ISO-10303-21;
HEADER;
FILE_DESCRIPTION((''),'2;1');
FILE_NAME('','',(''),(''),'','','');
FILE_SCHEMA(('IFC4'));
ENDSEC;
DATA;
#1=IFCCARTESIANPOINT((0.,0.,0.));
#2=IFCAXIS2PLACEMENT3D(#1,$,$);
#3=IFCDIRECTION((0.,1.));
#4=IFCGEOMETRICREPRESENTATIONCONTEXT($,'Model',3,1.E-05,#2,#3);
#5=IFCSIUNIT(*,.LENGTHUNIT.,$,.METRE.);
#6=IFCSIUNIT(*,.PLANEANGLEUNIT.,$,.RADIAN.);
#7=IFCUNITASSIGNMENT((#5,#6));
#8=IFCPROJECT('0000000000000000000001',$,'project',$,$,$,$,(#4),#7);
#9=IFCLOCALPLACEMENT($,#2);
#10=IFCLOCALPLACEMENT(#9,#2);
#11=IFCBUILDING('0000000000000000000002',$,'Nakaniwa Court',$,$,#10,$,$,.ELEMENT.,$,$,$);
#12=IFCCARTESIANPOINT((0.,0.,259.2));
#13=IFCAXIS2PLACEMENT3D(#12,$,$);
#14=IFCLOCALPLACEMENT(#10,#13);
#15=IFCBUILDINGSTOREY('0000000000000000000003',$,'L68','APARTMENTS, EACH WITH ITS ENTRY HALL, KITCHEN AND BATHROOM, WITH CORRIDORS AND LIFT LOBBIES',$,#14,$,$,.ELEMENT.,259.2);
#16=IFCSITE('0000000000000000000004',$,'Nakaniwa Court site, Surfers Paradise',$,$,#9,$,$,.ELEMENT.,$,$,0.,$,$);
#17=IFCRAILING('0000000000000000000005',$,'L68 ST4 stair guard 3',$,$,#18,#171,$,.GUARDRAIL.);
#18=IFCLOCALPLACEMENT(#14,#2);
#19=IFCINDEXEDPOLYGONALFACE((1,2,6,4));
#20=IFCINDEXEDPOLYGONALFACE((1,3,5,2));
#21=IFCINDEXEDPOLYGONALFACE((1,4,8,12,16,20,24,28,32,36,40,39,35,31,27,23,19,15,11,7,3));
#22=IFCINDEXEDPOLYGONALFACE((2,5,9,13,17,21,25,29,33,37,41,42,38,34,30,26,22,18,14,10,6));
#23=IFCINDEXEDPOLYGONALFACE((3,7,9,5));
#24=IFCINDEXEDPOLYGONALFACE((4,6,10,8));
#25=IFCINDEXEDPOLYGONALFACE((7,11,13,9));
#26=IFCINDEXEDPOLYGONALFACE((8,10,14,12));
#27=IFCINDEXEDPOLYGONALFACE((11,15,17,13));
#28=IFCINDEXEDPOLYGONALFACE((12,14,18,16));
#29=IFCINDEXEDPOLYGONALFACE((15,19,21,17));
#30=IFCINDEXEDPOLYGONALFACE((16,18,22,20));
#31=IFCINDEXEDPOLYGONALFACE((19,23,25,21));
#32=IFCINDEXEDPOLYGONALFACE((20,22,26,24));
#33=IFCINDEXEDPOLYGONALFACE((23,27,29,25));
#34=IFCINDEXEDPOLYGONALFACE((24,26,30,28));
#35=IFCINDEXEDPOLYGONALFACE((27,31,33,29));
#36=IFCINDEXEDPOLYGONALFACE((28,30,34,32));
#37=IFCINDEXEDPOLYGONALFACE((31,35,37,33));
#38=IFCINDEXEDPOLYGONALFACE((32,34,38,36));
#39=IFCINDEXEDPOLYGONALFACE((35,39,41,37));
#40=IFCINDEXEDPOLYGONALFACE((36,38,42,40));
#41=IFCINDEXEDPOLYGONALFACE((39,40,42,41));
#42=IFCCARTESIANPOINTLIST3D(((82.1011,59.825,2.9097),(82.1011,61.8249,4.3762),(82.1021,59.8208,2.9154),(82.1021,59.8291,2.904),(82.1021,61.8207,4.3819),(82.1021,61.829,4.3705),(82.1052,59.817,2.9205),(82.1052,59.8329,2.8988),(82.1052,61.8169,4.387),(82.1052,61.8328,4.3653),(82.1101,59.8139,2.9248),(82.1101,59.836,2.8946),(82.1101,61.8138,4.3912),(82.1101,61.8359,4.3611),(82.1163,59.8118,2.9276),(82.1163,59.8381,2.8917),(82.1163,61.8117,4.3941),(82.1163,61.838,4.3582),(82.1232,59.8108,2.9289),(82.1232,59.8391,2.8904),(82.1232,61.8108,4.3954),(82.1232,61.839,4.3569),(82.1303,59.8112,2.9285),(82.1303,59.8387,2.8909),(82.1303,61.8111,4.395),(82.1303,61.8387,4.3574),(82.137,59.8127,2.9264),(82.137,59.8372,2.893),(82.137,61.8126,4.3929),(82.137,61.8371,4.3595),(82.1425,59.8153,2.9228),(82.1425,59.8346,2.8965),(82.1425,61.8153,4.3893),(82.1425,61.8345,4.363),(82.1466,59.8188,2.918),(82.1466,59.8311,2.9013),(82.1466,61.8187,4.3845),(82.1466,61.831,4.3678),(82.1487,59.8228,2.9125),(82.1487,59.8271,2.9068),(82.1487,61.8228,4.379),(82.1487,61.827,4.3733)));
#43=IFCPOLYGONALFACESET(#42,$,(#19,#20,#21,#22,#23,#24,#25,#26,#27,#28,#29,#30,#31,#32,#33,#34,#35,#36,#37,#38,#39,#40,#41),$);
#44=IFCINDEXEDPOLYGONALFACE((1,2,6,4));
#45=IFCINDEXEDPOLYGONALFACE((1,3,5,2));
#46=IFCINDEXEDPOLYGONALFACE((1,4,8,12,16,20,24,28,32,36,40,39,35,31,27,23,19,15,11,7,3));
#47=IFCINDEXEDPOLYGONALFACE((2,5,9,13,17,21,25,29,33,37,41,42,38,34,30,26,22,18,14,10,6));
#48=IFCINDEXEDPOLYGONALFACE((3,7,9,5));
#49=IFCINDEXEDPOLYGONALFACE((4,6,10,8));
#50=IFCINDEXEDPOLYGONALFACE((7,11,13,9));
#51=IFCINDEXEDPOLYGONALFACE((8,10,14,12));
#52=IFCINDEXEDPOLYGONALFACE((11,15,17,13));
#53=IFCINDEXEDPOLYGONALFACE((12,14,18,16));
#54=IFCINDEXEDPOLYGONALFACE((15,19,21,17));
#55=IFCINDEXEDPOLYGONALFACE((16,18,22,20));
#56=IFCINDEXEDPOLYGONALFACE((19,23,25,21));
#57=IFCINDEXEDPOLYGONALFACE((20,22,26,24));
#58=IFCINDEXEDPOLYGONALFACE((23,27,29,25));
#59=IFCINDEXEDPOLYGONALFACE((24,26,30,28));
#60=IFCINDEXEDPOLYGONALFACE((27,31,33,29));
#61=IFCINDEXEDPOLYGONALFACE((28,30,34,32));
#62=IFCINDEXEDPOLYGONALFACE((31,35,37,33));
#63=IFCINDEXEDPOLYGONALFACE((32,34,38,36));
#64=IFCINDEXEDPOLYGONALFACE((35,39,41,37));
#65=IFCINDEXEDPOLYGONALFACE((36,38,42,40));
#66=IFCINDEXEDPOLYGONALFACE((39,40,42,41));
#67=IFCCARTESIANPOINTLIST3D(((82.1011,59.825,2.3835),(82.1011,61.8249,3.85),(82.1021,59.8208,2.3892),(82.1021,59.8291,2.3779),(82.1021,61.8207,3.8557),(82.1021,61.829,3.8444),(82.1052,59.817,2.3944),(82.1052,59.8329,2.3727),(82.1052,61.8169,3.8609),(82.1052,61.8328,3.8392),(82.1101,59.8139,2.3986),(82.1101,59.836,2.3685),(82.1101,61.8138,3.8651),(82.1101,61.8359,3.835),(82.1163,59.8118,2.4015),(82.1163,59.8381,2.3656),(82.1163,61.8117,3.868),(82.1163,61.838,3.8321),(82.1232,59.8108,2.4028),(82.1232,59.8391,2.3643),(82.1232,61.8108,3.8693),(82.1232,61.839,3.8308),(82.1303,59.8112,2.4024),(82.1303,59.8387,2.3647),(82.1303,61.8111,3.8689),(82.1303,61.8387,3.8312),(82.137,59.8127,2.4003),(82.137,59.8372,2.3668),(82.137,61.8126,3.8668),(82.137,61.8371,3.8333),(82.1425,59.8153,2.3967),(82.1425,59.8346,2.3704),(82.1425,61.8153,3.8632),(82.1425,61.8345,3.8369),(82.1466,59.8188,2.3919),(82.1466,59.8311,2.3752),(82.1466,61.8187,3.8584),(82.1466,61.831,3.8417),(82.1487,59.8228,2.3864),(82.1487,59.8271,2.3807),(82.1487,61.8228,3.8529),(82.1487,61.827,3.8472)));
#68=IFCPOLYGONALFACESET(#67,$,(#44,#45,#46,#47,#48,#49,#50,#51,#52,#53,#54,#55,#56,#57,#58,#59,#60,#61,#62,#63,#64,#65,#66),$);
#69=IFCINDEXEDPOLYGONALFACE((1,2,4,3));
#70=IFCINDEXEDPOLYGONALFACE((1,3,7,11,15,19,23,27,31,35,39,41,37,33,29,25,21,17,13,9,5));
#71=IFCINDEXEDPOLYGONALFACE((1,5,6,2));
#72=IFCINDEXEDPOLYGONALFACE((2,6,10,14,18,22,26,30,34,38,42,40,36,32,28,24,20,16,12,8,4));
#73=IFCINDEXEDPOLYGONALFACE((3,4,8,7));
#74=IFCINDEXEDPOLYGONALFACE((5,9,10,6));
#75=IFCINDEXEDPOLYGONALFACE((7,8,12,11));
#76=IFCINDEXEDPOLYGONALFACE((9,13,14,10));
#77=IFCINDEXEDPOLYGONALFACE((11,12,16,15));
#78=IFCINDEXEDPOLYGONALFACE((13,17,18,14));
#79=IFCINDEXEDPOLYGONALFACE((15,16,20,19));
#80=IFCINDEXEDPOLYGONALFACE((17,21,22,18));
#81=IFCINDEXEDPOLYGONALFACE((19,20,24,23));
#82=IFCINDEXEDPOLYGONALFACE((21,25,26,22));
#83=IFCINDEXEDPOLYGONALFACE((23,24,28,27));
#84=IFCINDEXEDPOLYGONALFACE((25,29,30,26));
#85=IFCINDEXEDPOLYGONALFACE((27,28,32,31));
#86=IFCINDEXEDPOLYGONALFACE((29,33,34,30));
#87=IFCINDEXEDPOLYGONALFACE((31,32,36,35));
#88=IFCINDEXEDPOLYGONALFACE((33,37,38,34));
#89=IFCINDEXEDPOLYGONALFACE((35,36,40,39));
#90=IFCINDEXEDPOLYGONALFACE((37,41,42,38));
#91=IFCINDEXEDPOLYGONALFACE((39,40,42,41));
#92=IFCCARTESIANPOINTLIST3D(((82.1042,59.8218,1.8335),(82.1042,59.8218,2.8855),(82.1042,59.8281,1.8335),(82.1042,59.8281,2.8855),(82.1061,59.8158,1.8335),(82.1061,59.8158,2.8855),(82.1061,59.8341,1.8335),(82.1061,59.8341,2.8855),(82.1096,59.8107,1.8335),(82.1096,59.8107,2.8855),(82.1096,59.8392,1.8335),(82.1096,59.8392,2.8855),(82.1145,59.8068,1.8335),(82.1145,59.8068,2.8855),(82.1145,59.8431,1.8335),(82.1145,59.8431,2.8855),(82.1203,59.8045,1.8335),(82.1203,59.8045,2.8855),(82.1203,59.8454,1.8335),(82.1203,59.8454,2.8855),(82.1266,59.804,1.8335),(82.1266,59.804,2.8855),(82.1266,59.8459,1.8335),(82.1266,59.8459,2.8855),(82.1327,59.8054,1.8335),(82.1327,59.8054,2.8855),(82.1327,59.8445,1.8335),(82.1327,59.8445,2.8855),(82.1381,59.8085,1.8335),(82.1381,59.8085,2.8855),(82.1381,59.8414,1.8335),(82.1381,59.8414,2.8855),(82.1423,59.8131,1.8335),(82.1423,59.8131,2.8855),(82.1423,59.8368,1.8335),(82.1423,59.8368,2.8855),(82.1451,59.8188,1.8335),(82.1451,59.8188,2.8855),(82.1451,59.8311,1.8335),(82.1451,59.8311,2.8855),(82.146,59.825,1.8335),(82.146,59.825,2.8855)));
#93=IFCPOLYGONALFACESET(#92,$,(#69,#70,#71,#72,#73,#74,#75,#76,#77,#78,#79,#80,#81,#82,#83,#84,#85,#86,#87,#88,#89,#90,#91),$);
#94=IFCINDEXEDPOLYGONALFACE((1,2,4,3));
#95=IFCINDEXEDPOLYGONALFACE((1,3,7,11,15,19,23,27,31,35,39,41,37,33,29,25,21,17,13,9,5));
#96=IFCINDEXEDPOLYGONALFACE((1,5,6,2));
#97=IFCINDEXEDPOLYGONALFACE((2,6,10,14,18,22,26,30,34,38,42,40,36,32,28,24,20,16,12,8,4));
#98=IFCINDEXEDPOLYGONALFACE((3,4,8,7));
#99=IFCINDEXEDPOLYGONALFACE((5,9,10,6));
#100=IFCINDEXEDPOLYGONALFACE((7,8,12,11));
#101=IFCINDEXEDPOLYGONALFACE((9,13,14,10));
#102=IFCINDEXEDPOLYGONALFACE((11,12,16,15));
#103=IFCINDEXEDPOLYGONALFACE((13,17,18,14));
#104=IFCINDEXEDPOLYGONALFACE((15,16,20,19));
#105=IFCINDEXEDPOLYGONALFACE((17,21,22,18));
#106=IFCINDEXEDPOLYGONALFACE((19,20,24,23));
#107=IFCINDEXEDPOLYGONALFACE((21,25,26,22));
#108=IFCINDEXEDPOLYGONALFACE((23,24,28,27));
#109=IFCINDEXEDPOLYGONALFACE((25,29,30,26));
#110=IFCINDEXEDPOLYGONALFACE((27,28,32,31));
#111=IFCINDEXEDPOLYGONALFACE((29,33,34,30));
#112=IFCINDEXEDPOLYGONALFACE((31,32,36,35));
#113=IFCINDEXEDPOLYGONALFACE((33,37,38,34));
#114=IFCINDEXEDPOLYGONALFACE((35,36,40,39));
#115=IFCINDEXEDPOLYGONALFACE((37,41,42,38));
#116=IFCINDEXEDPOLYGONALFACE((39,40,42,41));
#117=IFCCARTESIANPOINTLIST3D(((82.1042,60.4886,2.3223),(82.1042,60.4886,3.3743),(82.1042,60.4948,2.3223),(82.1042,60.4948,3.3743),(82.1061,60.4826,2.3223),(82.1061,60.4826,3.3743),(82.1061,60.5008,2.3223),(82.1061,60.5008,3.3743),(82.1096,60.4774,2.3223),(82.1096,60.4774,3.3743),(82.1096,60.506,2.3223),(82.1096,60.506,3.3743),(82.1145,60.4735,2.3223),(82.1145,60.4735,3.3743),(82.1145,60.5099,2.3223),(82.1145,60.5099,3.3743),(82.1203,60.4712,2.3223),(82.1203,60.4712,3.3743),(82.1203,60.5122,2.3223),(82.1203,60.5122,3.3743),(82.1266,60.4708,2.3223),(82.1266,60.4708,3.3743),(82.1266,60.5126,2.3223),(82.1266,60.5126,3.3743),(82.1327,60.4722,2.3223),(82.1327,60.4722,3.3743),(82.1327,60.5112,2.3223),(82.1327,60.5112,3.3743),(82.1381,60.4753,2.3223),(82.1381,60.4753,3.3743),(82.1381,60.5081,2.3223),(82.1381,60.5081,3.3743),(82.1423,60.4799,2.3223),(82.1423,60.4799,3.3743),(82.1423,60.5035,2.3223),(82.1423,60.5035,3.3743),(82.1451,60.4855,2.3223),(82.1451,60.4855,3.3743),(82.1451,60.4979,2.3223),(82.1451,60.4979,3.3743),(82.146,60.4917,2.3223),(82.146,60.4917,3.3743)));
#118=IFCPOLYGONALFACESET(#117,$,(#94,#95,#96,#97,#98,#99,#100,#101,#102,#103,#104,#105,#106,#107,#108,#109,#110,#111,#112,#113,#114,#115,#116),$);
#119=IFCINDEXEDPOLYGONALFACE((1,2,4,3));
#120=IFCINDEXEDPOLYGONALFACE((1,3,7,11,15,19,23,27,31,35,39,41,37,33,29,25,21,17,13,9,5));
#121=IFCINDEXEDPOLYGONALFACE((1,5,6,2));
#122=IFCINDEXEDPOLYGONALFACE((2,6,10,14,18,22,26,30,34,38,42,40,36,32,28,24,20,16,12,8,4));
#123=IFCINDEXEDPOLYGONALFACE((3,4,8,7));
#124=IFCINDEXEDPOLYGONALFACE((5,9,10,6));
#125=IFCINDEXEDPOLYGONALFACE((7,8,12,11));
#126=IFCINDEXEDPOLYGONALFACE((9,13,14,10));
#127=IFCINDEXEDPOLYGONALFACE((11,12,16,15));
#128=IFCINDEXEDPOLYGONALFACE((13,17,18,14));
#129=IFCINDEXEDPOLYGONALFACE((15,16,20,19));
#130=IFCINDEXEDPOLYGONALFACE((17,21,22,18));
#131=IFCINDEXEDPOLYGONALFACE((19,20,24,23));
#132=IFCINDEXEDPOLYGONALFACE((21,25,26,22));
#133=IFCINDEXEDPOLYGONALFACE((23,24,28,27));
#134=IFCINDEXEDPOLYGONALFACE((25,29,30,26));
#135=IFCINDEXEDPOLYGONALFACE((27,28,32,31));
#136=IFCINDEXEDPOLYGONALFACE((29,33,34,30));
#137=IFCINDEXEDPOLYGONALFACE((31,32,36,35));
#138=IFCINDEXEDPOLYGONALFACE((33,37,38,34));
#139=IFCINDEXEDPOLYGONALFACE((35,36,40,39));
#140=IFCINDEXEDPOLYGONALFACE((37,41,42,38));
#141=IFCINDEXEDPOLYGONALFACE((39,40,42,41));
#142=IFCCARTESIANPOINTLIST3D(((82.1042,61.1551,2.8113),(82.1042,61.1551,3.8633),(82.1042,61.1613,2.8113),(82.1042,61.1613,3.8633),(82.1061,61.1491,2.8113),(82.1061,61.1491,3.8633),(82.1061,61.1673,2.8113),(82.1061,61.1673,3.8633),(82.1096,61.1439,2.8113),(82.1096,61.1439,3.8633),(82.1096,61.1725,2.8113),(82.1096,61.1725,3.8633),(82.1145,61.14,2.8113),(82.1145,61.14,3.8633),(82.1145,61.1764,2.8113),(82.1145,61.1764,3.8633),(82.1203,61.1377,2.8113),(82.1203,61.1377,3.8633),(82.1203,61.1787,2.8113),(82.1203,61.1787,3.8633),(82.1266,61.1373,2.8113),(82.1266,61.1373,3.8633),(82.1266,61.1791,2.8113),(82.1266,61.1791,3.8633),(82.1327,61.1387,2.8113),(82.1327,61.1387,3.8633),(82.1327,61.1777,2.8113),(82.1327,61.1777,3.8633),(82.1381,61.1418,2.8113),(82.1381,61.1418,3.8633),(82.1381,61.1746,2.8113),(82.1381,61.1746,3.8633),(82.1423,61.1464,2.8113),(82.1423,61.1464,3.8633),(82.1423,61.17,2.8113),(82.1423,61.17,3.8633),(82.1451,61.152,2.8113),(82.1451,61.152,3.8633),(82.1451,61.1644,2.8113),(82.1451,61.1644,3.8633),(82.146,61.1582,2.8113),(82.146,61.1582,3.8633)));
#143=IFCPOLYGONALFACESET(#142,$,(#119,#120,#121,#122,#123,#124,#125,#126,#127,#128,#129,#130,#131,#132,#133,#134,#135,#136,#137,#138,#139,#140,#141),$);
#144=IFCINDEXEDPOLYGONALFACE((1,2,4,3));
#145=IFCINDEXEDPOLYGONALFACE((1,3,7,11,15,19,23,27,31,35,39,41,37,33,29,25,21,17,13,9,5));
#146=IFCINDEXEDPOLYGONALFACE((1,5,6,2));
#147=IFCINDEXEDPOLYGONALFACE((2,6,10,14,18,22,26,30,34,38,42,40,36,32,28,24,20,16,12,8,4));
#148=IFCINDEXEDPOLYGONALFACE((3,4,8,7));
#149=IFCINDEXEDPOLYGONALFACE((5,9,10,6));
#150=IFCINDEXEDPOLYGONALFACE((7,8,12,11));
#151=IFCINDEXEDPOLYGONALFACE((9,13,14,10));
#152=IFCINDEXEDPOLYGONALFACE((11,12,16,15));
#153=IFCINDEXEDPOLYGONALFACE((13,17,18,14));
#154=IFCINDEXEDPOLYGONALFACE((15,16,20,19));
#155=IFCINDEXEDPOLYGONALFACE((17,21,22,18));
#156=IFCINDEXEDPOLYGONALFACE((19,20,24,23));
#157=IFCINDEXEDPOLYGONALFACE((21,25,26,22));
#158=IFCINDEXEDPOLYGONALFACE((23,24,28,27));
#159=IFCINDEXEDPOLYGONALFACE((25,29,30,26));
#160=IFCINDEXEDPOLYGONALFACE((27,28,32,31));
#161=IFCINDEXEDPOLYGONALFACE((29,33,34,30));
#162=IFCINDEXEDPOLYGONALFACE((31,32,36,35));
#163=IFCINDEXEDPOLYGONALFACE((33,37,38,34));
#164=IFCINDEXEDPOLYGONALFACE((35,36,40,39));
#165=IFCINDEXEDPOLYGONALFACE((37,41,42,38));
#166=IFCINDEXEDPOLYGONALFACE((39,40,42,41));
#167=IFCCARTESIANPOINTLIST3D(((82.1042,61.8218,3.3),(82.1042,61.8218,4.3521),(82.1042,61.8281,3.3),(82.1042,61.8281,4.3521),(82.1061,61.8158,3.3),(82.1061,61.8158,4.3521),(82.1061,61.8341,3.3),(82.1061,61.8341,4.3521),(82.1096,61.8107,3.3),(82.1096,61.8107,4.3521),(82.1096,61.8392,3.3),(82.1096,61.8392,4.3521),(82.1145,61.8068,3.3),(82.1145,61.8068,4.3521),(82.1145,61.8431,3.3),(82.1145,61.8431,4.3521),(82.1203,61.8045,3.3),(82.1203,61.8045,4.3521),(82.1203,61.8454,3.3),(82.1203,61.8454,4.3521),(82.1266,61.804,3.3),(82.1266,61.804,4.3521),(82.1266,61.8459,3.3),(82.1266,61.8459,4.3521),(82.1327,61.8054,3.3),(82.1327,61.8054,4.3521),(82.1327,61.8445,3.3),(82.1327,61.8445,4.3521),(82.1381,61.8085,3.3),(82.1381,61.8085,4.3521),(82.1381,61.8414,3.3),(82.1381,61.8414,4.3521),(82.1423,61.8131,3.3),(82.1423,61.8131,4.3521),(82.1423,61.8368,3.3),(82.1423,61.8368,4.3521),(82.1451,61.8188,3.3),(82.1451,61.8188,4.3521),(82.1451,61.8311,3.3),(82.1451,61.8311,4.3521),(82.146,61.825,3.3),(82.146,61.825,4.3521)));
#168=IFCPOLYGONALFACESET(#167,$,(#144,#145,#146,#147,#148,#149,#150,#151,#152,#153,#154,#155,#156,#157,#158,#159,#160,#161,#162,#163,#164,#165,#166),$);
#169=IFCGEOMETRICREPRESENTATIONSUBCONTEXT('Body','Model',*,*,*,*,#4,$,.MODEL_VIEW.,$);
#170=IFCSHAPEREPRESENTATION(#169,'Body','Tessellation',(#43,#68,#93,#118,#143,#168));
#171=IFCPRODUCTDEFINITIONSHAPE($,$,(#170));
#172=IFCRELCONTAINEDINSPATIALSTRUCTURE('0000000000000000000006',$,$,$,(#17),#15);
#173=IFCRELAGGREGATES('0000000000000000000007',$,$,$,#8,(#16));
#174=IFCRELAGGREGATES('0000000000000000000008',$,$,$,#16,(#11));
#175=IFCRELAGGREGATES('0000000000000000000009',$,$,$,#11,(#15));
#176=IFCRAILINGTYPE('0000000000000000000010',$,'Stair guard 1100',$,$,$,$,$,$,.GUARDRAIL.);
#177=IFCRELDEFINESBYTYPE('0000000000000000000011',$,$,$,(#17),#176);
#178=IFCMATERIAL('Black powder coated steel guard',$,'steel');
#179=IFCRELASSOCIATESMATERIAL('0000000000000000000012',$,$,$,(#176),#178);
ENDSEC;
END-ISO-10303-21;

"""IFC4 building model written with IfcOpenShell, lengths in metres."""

from ifc_helpers import new_model, si_unit, direction, frame, origin, origin_2d, place, context, subcontext, project, spatial, circle, extrude, material, type_object, element, save


model = new_model("IFC4")

# Units and contexts
model_context = context("Model", 3, precision=1e-05, world=origin(), true_north=direction((0.0, 1.0)))
body_context = subcontext(model_context, "Body", "Model", "MODEL_VIEW")
ifc_project = project(units=[si_unit("LENGTHUNIT", "METRE"), si_unit("PLANEANGLEUNIT", "RADIAN")], contexts=[model_context])

# Site, building, storey
site_placement = place(None, origin())
site = spatial("IfcSite", under=ifc_project, at=site_placement, Name="Nakaniwa Court site, Surfers Paradise", CompositionType="ELEMENT", RefElevation=0.0)
building_placement = place(site_placement, origin())
building = spatial("IfcBuilding", under=site, at=building_placement, Name="Nakaniwa Court", CompositionType="ELEMENT")
storey_placement = place(building_placement, frame((0.0, 0.0, 259.2)))
storey = spatial("IfcBuildingStorey", under=building, at=storey_placement, Name="L68", Description="APARTMENTS, EACH WITH ITS ENTRY HALL, KITCHEN AND BATHROOM, WITH CORRIDORS AND LIFT LOBBIES", CompositionType="ELEMENT", Elevation=259.2)

# Railing
ifc_material_1 = material(Name="Black powder coated steel guard", Category="steel")
railing_type_1 = type_object("IfcRailingType", Name="Stair guard 1100", PredefinedType="GUARDRAIL", material=ifc_material_1)
railing_1_placement = place(storey_placement, frame((82.125, 59.825, 1.8335)))
element("IfcRailing", 1, at=railing_1_placement, inside=storey, type_object=railing_type_1, Name="L68 ST4 stair guard 3", PredefinedType="GUARDRAIL", context=body_context, shape_type="SweptSolid", body=[
    extrude(circle(Radius=0.0239, at=origin_2d()), frame((0.0, 0.0, 1.0762), z_axis=(0.0, 0.806427, 0.591334), x_axis=(-1.0, 0.0, 0.0)), (0.0, 0.0, 1.0), 2.48),
    extrude(circle(Radius=0.0239, at=origin_2d()), frame((0.0, 0.0, 0.55), z_axis=(0.0, 0.806427, 0.591334), x_axis=(-1.0, 0.0, 0.0)), (0.0, 0.0, 1.0), 2.48),
    extrude(circle(Radius=0.021, at=origin_2d()), origin(), (0.0, 0.0, 1.0), 1.052),
    extrude(circle(Radius=0.021, at=origin_2d()), frame((0.0, 0.6667, 0.4888)), (0.0, 0.0, 1.0), 1.052),
    extrude(circle(Radius=0.021, at=origin_2d()), frame((0.0, 1.3333, 0.9778)), (0.0, 0.0, 1.0), 1.052),
    extrude(circle(Radius=0.021, at=origin_2d()), frame((0.0, 2.0, 1.4666)), (0.0, 0.0, 1.0), 1.052),
])

save(model, "model.ifc")
